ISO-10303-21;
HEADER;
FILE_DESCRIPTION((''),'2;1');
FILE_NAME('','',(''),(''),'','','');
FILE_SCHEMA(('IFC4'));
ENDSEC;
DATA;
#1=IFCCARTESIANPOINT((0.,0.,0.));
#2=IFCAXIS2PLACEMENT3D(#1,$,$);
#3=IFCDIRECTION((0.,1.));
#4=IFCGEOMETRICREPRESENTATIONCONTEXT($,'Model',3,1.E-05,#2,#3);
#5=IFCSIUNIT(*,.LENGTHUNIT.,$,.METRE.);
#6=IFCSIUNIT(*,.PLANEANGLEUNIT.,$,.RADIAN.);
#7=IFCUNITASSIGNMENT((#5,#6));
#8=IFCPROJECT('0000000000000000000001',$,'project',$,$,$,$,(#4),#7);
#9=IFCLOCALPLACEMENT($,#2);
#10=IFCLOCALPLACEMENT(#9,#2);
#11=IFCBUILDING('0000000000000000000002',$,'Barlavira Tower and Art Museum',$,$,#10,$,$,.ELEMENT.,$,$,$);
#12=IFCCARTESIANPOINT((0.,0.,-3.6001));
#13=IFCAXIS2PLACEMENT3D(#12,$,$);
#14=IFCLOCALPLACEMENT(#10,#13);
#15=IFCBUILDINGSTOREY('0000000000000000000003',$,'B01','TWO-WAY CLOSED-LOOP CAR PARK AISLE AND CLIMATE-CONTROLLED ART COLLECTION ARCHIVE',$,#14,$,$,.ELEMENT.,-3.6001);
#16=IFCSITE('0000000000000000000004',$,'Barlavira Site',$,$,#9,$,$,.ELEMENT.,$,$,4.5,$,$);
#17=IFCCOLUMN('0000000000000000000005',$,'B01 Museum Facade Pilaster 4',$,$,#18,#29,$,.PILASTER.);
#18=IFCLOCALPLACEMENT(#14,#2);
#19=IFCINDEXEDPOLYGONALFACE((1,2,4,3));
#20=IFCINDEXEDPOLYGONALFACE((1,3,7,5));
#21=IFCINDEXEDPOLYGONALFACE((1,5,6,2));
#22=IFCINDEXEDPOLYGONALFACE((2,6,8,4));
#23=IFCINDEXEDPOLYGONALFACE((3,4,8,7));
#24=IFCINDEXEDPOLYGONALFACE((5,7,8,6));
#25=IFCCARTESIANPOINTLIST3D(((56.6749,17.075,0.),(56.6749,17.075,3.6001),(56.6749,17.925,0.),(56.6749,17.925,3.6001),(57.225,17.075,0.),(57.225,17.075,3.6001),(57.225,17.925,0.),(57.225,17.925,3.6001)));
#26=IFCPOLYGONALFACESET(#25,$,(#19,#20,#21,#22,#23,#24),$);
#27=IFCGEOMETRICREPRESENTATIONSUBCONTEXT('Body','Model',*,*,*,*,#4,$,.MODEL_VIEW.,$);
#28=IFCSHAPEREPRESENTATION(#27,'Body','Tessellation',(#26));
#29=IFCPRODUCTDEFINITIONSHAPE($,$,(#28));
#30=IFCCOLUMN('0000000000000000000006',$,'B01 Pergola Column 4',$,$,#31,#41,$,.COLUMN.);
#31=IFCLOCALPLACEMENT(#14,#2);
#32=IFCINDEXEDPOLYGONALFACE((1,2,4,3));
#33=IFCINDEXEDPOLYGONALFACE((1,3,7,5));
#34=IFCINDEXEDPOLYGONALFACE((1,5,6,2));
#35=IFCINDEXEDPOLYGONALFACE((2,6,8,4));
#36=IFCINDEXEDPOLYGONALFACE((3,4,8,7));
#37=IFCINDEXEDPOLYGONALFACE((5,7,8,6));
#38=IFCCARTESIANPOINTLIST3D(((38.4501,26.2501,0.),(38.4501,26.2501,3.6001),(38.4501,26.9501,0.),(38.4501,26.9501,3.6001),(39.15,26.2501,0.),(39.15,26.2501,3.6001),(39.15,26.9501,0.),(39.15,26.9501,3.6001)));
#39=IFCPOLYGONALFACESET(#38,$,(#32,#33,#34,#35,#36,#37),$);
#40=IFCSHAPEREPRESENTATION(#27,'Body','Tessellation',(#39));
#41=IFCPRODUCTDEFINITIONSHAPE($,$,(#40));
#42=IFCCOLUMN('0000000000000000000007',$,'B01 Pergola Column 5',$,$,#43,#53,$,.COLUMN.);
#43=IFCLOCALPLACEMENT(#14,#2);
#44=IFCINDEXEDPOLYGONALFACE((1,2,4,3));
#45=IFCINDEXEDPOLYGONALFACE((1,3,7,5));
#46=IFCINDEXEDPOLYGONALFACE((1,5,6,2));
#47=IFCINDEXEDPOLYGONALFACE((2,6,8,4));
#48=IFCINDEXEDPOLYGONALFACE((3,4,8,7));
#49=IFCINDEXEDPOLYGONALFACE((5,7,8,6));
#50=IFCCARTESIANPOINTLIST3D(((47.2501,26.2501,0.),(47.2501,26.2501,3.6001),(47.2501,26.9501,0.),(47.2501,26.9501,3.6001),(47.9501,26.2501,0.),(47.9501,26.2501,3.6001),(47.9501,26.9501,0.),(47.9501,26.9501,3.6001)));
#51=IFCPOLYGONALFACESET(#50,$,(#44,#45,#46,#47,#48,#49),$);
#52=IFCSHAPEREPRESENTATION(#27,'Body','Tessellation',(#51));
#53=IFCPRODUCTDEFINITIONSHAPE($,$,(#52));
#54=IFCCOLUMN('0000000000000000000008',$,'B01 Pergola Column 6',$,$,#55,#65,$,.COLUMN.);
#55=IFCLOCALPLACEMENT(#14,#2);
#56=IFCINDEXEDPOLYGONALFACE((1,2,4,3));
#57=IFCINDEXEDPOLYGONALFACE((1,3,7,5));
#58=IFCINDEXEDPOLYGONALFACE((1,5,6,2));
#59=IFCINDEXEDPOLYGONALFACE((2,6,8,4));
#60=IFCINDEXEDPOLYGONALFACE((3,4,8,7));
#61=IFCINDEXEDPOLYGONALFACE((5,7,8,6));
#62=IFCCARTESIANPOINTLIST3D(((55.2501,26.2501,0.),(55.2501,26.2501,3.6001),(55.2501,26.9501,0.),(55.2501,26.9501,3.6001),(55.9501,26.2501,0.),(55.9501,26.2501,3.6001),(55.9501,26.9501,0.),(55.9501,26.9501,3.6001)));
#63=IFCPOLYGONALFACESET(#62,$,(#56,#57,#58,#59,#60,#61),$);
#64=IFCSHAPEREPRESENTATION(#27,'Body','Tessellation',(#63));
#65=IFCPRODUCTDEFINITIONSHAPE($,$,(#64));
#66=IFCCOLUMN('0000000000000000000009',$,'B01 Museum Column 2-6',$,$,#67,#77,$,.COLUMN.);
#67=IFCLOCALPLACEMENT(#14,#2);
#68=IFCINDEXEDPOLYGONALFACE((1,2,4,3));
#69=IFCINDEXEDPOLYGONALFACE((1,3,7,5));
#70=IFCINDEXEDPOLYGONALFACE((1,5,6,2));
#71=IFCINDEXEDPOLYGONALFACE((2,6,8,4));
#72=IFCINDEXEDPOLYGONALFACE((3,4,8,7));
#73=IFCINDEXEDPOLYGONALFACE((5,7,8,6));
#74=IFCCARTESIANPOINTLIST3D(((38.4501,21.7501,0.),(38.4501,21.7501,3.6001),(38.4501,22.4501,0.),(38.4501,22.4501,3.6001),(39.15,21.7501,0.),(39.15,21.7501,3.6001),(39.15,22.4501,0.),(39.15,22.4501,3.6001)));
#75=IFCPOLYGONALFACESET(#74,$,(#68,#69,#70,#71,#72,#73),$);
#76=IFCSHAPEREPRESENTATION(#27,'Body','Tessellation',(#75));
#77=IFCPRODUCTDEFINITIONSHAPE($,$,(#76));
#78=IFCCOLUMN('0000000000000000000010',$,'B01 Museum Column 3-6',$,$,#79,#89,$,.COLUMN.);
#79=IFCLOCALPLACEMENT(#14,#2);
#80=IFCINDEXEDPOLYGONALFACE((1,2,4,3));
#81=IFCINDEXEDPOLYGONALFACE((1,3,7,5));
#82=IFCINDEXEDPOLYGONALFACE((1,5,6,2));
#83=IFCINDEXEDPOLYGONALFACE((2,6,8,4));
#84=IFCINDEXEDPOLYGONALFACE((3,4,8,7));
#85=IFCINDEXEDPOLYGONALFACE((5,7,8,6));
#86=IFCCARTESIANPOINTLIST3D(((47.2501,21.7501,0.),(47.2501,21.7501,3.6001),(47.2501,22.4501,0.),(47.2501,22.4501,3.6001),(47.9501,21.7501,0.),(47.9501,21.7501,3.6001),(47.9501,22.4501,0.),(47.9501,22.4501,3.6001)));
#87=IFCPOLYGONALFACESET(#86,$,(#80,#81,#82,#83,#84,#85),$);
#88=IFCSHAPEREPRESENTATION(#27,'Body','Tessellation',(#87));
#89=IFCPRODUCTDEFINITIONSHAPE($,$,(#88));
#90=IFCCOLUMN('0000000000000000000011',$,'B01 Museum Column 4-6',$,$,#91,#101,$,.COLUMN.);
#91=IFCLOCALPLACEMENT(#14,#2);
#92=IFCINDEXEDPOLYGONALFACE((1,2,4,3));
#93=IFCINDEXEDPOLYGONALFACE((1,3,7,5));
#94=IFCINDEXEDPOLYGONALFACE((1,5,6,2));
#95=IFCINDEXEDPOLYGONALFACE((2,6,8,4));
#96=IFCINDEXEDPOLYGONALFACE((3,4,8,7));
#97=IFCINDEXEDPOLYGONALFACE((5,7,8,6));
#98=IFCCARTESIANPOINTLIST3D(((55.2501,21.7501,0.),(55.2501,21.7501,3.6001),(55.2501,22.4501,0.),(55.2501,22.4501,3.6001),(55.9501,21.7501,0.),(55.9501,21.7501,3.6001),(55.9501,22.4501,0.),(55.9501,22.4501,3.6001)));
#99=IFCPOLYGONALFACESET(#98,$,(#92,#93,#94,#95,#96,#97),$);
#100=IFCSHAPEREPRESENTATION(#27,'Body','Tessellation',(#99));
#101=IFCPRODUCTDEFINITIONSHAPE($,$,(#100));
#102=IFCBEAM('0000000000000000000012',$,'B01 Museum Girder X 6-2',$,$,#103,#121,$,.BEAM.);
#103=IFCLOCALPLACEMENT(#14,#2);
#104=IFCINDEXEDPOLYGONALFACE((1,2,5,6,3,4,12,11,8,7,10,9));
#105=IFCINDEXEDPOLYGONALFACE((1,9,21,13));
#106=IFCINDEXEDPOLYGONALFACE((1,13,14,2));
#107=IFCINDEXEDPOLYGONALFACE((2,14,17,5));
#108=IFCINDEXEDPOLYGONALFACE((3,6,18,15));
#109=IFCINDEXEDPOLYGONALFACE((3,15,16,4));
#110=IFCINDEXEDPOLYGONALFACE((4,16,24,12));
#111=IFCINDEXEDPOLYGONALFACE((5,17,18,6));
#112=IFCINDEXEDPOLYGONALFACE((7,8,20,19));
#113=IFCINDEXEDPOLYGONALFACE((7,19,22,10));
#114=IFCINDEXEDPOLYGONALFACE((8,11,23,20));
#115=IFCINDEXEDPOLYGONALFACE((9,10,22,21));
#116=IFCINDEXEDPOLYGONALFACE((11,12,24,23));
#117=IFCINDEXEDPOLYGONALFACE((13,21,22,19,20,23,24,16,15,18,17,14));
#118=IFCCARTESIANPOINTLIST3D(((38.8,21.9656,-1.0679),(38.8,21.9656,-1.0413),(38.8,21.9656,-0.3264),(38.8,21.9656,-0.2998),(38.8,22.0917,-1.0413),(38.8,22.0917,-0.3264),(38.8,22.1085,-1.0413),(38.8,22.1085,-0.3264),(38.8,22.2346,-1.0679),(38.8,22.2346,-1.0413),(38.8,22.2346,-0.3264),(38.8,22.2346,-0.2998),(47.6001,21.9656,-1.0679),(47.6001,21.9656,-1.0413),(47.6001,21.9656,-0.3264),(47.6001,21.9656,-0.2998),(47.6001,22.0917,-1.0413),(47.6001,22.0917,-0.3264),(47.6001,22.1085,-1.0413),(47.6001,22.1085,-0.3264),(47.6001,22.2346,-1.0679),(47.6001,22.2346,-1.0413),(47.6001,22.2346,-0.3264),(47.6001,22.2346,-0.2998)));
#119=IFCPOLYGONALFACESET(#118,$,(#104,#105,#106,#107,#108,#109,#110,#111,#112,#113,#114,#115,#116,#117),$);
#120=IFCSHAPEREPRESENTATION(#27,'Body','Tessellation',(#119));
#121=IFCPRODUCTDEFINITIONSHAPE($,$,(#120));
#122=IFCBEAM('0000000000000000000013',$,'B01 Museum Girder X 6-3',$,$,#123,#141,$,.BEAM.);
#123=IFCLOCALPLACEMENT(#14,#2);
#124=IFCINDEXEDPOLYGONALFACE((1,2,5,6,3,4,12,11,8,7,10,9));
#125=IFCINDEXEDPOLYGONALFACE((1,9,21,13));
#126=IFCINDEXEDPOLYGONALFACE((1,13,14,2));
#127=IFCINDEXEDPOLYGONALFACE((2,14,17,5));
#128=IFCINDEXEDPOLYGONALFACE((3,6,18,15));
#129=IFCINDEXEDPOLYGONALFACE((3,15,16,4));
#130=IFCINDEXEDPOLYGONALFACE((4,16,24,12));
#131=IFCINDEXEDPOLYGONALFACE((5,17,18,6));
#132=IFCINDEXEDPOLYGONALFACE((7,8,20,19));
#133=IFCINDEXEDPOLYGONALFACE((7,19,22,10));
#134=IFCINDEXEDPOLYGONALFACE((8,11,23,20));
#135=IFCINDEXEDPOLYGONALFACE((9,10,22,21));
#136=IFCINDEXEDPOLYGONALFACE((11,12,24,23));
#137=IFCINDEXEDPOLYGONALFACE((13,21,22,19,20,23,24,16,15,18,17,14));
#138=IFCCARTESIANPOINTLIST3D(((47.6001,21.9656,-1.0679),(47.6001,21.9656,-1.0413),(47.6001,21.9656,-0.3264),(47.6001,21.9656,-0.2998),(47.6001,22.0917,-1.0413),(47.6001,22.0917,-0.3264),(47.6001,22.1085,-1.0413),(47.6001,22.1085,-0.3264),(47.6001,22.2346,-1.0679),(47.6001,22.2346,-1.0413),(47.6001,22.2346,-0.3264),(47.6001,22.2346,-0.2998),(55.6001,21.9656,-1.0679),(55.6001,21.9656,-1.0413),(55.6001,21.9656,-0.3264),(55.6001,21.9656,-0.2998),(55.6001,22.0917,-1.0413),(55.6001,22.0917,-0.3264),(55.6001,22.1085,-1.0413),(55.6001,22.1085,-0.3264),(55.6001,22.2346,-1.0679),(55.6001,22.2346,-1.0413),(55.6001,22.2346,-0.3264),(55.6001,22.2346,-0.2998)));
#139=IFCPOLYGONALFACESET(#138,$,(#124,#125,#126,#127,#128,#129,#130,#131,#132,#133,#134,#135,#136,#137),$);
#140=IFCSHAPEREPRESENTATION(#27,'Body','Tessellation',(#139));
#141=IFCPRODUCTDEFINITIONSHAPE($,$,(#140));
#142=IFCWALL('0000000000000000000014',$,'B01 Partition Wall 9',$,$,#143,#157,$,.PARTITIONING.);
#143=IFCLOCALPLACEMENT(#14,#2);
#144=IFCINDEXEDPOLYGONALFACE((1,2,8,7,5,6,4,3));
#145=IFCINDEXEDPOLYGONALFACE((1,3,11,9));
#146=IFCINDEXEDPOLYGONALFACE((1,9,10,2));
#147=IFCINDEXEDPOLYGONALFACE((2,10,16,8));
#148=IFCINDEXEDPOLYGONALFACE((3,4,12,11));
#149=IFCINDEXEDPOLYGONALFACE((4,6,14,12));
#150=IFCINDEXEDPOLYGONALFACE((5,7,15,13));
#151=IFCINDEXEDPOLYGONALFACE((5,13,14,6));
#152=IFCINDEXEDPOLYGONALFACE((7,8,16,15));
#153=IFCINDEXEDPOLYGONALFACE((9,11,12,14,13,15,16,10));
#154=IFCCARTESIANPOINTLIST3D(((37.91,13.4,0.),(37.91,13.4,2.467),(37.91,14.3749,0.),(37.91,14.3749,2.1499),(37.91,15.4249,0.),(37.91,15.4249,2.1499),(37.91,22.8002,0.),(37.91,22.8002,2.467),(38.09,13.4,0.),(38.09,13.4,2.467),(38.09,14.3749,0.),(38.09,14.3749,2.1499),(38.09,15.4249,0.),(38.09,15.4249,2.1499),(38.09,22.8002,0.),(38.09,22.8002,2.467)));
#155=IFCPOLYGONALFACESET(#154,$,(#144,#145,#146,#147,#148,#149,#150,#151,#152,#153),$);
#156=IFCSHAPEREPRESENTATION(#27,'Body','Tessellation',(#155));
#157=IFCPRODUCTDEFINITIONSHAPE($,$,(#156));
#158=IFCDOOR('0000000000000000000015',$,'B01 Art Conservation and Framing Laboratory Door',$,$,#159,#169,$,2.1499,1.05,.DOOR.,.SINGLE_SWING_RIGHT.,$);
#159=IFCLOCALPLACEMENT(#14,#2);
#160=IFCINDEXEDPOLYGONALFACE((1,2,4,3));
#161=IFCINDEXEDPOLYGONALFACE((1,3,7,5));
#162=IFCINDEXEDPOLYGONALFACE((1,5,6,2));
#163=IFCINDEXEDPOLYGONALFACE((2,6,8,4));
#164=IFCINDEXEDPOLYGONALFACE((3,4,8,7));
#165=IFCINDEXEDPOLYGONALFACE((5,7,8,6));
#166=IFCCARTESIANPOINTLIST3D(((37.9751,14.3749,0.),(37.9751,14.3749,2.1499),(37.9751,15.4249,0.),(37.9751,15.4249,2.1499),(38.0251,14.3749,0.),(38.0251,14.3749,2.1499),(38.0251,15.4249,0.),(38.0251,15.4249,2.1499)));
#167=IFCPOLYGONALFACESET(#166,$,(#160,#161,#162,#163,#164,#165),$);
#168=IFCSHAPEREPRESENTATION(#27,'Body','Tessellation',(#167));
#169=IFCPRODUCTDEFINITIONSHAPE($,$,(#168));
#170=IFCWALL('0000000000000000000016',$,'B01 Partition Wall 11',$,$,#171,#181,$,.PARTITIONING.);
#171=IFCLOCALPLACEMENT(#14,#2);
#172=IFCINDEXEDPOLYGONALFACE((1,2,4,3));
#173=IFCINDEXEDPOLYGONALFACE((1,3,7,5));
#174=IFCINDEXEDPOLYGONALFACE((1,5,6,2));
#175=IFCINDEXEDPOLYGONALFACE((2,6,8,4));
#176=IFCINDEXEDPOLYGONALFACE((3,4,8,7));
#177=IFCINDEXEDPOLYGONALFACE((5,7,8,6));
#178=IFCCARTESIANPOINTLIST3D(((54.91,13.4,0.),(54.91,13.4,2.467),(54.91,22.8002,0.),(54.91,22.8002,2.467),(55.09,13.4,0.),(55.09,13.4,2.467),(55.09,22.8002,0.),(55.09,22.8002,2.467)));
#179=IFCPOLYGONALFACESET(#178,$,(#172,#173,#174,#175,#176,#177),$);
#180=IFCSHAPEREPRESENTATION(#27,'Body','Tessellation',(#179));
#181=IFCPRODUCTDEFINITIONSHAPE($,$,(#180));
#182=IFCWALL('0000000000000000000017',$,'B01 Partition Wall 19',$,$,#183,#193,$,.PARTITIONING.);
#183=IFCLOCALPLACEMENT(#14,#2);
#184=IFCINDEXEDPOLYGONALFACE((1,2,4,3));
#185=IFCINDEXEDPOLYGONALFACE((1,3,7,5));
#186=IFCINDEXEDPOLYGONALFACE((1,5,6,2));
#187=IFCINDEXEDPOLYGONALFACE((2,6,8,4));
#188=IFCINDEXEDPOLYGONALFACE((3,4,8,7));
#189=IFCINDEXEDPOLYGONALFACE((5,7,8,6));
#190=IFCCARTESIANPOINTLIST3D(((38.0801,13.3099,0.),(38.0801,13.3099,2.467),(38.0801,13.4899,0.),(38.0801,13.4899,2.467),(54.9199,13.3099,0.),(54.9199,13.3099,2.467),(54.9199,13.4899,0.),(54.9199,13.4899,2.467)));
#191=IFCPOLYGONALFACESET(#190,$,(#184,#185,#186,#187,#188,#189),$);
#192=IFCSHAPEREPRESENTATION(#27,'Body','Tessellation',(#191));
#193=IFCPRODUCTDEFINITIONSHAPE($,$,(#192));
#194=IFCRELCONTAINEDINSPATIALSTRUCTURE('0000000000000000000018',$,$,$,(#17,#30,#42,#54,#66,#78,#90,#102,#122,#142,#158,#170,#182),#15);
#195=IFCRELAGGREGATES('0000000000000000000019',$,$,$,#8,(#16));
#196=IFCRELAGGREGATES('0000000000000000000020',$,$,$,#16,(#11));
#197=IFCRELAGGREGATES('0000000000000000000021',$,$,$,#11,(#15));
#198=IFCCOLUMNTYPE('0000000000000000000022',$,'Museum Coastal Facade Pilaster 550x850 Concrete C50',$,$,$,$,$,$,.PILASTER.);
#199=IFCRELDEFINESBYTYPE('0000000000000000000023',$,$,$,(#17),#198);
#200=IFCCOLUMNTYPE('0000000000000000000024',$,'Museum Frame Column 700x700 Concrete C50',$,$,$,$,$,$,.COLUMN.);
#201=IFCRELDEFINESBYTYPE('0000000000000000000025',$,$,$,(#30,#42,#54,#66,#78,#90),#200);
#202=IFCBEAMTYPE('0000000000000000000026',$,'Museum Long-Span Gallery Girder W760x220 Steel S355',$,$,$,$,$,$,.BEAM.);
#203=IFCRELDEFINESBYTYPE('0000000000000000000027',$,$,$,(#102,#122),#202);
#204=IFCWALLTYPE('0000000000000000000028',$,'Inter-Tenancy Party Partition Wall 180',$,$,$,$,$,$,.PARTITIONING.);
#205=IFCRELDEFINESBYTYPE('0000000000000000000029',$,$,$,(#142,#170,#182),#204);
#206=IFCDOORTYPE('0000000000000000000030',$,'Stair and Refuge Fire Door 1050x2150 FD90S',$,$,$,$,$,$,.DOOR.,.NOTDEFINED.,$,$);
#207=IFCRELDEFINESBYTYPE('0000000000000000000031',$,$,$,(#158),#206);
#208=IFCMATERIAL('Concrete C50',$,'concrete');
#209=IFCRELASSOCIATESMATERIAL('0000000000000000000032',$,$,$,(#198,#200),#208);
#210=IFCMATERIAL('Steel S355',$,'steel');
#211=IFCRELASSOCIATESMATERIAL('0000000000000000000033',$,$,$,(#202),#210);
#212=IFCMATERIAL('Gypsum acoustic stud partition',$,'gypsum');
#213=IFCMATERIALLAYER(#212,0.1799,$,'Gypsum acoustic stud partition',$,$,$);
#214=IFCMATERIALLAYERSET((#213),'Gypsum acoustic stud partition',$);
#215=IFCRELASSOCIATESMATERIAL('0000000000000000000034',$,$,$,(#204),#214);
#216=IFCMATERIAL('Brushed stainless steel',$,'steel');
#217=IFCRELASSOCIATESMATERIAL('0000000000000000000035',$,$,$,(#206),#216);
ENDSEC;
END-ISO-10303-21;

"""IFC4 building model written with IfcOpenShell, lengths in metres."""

from ifc_helpers import new_model, si_unit, direction, frame, frame_2d, origin, origin_2d, place, context, subcontext, project, spatial, rectangle, i_section, extrude, material, layer, layer_set, material_profile, profile_set, type_object, element, fill, save


model = new_model("IFC4")

# Units and contexts
model_context = context("Model", 3, precision=1e-05, world=origin(), true_north=direction((0.0, 1.0)))
body_context = subcontext(model_context, "Body", "Model", "MODEL_VIEW")
ifc_project = project(units=[si_unit("LENGTHUNIT", "METRE"), si_unit("PLANEANGLEUNIT", "RADIAN")], contexts=[model_context])

# Site, building, storey
site_placement = place(None, origin())
site = spatial("IfcSite", under=ifc_project, at=site_placement, Name="Barlavira Site", CompositionType="ELEMENT", RefElevation=4.5)
building_placement = place(site_placement, origin())
building = spatial("IfcBuilding", under=site, at=building_placement, Name="Barlavira Tower and Art Museum", CompositionType="ELEMENT")
storey_placement = place(building_placement, frame((0.0, 0.0, -3.6001)))
storey = spatial("IfcBuildingStorey", under=building, at=storey_placement, Name="B01", Description="TWO-WAY CLOSED-LOOP CAR PARK AISLE AND CLIMATE-CONTROLLED ART COLLECTION ARCHIVE", CompositionType="ELEMENT", Elevation=-3.6001)

# Columns
ifc_material_1 = material(Name="Concrete C50", Category="concrete")
ifc_material_profile_1 = material_profile(ifc_material_1, rectangle(XDim=0.55, YDim=0.8501, at=origin_2d()), Name="RC-PIL 550x850")
ifc_profile_set_1 = profile_set([ifc_material_profile_1], Name="Concrete C50")
column_type_1 = type_object("IfcColumnType", Name="Museum Coastal Facade Pilaster 550x850 Concrete C50", PredefinedType="PILASTER", material=ifc_profile_set_1)
column_placement = place(storey_placement, frame((56.95, 17.5, 0.0), z_axis=(0.0, 0.0, 1.0), x_axis=(1.0, 0.0, 0.0)))
element("IfcColumn", 1, at=column_placement, inside=storey, type_object=column_type_1, Name="B01 Museum Facade Pilaster 4", PredefinedType="PILASTER", context=body_context, shape_type="SweptSolid", body=[
    extrude(rectangle(XDim=0.55, YDim=0.8501, at=origin_2d()), origin(), (0.0, 0.0, 1.0), 3.6001),
])
ifc_material_profile_2 = material_profile(ifc_material_1, rectangle(XDim=0.7, YDim=0.7, at=origin_2d()), Name="RC-COL 700x700")
ifc_profile_set_2 = profile_set([ifc_material_profile_2], Name="Concrete C50")
column_type_2 = type_object("IfcColumnType", Name="Museum Frame Column 700x700 Concrete C50", PredefinedType="COLUMN", material=ifc_profile_set_2)
for number, where, z_axis, x_axis, name in (
    (2, (38.8, 26.6001, 0.0), (0.0, 0.0, 1.0), (1.0, 0.0, 0.0), "B01 Pergola Column 4"),
    (3, (47.6001, 26.6001, 0.0), (0.0, 0.0, 1.0), (1.0, 0.0, 0.0), "B01 Pergola Column 5"),
    (4, (55.6001, 26.6001, 0.0), (0.0, 0.0, 1.0), (1.0, 0.0, 0.0), "B01 Pergola Column 6"),
    (5, (38.8, 22.1001, 0.0), (0.0, 0.0, 1.0), (1.0, 0.0, 0.0), "B01 Museum Column 2-6"),
    (6, (47.6001, 22.1001, 0.0), (0.0, 0.0, 1.0), (1.0, 0.0, 0.0), "B01 Museum Column 3-6"),
    (7, (55.6001, 22.1001, 0.0), (0.0, 0.0, 1.0), (1.0, 0.0, 0.0), "B01 Museum Column 4-6"),
):
    element("IfcColumn", number, at=place(storey_placement, frame(where, z_axis=z_axis, x_axis=x_axis)), inside=storey, type_object=column_type_2, Name=name, PredefinedType="COLUMN", context=body_context, shape_type="SweptSolid", body=[
        extrude(rectangle(XDim=0.7, YDim=0.7, at=origin_2d()), origin(), (0.0, 0.0, 1.0), 3.6001),
    ])

# Beams
ifc_material_2 = material(Name="Steel S355", Category="steel")
ifc_material_profile_3 = material_profile(ifc_material_2, i_section(OverallWidth=0.269, OverallDepth=0.7681, WebThickness=0.0168, FlangeThickness=0.0266, at=origin_2d()), Name="W760x220.0")
ifc_profile_set_3 = profile_set([ifc_material_profile_3], Name="Steel S355")
beam_type = type_object("IfcBeamType", Name="Museum Long-Span Gallery Girder W760x220 Steel S355", PredefinedType="BEAM", material=ifc_profile_set_3)
beam_1_placement = place(storey_placement, frame((38.8, 22.1001, -0.6838), z_axis=(1.0, 0.0, 0.0), x_axis=(0.0, 1.0, 0.0)))
element("IfcBeam", 8, at=beam_1_placement, inside=storey, type_object=beam_type, Name="B01 Museum Girder X 6-2", PredefinedType="BEAM", context=body_context, shape_type="SweptSolid", body=[
    extrude(i_section(OverallWidth=0.269, OverallDepth=0.7681, WebThickness=0.0168, FlangeThickness=0.0266, at=origin_2d()), origin(), (0.0, 0.0, 1.0), 8.8),
])
beam_2_placement = place(storey_placement, frame((47.6001, 22.1001, -0.6838), z_axis=(1.0, 0.0, 0.0), x_axis=(0.0, 1.0, 0.0)))
element("IfcBeam", 9, at=beam_2_placement, inside=storey, type_object=beam_type, Name="B01 Museum Girder X 6-3", PredefinedType="BEAM", context=body_context, shape_type="SweptSolid", body=[
    extrude(i_section(OverallWidth=0.269, OverallDepth=0.7681, WebThickness=0.0168, FlangeThickness=0.0266, at=origin_2d()), origin(), (0.0, 0.0, 1.0), 8.0),
])

# Wall, opening, door
ifc_material_3 = material(Name="Gypsum acoustic stud partition", Category="gypsum")
ifc_layer_1 = layer(ifc_material_3, 0.1799, Name="Gypsum acoustic stud partition")
ifc_layer_set_1 = layer_set([ifc_layer_1], Name="Gypsum acoustic stud partition")
wall_type_1 = type_object("IfcWallType", Name="Inter-Tenancy Party Partition Wall 180", PredefinedType="PARTITIONING", material=ifc_layer_set_1)
wall_1_placement = place(storey_placement, frame((38.0, 13.3999, 0.0), z_axis=(0.0, 0.0, 1.0), x_axis=(0.0, 1.0, 0.0)))
wall_1 = element("IfcWall", 10, at=wall_1_placement, inside=storey, type_object=wall_type_1, Name="B01 Partition Wall 9", PredefinedType="PARTITIONING", context=body_context, shape_type="SweptSolid", body=[
    extrude(rectangle(XDim=9.4001, YDim=0.1799, at=frame_2d((4.7002, 0.0))), origin(), (0.0, 0.0, 1.0), 2.467),
])
opening_1_placement = place(wall_1_placement, frame((0.9751, 0.0, 0.0)))
opening_1 = element("IfcOpeningElement", 11, at=opening_1_placement, cuts=wall_1, PredefinedType="OPENING", context=body_context, shape_type="SweptSolid", body=[
    extrude(rectangle(XDim=1.05, YDim=2.1499, at=frame_2d((0.5249, 1.075))), frame((0.0, 0.1001, 0.0), z_axis=(0.0, -1.0, 0.0), x_axis=(1.0, 0.0, 0.0)), (0.0, 0.0, 1.0), 0.2),
])
ifc_material_4 = material(Name="Brushed stainless steel", Category="steel")
door_type = type_object("IfcDoorType", Name="Stair and Refuge Fire Door 1050x2150 FD90S", OperationType="NOTDEFINED", PredefinedType="DOOR", material=ifc_material_4)
door_1_placement = place(opening_1_placement, origin())
door_1 = element("IfcDoor", 12, at=door_1_placement, inside=storey, type_object=door_type, Name="B01 Art Conservation and Framing Laboratory Door", OperationType="SINGLE_SWING_RIGHT", OverallHeight=2.1499, OverallWidth=1.05, PredefinedType="DOOR", context=body_context, shape_type="SweptSolid", body=[
    extrude(rectangle(XDim=1.05, YDim=2.1499, at=frame_2d((0.5249, 1.075))), frame((0.0, 0.0249, 0.0), z_axis=(0.0, -1.0, 0.0), x_axis=(1.0, 0.0, 0.0)), (0.0, 0.0, 1.0), 0.05),
])
fill(opening_1, door_1)

# Walls
wall_2_placement = place(storey_placement, frame((55.0, 13.3999, 0.0), z_axis=(0.0, 0.0, 1.0), x_axis=(0.0, 1.0, 0.0)))
element("IfcWall", 13, at=wall_2_placement, inside=storey, type_object=wall_type_1, Name="B01 Partition Wall 11", PredefinedType="PARTITIONING", context=body_context, shape_type="SweptSolid", body=[
    extrude(rectangle(XDim=9.4001, YDim=0.1799, at=frame_2d((4.7002, 0.0))), origin(), (0.0, 0.0, 1.0), 2.467),
])
wall_3_placement = place(storey_placement, frame((38.0801, 13.3999, 0.0), z_axis=(0.0, 0.0, 1.0), x_axis=(1.0, 0.0, 0.0)))
element("IfcWall", 14, at=wall_3_placement, inside=storey, type_object=wall_type_1, Name="B01 Partition Wall 19", PredefinedType="PARTITIONING", context=body_context, shape_type="SweptSolid", body=[
    extrude(rectangle(XDim=16.8398, YDim=0.1799, at=frame_2d((8.4199, 0.0))), origin(), (0.0, 0.0, 1.0), 2.467),
])

save(model, "model.ifc")
